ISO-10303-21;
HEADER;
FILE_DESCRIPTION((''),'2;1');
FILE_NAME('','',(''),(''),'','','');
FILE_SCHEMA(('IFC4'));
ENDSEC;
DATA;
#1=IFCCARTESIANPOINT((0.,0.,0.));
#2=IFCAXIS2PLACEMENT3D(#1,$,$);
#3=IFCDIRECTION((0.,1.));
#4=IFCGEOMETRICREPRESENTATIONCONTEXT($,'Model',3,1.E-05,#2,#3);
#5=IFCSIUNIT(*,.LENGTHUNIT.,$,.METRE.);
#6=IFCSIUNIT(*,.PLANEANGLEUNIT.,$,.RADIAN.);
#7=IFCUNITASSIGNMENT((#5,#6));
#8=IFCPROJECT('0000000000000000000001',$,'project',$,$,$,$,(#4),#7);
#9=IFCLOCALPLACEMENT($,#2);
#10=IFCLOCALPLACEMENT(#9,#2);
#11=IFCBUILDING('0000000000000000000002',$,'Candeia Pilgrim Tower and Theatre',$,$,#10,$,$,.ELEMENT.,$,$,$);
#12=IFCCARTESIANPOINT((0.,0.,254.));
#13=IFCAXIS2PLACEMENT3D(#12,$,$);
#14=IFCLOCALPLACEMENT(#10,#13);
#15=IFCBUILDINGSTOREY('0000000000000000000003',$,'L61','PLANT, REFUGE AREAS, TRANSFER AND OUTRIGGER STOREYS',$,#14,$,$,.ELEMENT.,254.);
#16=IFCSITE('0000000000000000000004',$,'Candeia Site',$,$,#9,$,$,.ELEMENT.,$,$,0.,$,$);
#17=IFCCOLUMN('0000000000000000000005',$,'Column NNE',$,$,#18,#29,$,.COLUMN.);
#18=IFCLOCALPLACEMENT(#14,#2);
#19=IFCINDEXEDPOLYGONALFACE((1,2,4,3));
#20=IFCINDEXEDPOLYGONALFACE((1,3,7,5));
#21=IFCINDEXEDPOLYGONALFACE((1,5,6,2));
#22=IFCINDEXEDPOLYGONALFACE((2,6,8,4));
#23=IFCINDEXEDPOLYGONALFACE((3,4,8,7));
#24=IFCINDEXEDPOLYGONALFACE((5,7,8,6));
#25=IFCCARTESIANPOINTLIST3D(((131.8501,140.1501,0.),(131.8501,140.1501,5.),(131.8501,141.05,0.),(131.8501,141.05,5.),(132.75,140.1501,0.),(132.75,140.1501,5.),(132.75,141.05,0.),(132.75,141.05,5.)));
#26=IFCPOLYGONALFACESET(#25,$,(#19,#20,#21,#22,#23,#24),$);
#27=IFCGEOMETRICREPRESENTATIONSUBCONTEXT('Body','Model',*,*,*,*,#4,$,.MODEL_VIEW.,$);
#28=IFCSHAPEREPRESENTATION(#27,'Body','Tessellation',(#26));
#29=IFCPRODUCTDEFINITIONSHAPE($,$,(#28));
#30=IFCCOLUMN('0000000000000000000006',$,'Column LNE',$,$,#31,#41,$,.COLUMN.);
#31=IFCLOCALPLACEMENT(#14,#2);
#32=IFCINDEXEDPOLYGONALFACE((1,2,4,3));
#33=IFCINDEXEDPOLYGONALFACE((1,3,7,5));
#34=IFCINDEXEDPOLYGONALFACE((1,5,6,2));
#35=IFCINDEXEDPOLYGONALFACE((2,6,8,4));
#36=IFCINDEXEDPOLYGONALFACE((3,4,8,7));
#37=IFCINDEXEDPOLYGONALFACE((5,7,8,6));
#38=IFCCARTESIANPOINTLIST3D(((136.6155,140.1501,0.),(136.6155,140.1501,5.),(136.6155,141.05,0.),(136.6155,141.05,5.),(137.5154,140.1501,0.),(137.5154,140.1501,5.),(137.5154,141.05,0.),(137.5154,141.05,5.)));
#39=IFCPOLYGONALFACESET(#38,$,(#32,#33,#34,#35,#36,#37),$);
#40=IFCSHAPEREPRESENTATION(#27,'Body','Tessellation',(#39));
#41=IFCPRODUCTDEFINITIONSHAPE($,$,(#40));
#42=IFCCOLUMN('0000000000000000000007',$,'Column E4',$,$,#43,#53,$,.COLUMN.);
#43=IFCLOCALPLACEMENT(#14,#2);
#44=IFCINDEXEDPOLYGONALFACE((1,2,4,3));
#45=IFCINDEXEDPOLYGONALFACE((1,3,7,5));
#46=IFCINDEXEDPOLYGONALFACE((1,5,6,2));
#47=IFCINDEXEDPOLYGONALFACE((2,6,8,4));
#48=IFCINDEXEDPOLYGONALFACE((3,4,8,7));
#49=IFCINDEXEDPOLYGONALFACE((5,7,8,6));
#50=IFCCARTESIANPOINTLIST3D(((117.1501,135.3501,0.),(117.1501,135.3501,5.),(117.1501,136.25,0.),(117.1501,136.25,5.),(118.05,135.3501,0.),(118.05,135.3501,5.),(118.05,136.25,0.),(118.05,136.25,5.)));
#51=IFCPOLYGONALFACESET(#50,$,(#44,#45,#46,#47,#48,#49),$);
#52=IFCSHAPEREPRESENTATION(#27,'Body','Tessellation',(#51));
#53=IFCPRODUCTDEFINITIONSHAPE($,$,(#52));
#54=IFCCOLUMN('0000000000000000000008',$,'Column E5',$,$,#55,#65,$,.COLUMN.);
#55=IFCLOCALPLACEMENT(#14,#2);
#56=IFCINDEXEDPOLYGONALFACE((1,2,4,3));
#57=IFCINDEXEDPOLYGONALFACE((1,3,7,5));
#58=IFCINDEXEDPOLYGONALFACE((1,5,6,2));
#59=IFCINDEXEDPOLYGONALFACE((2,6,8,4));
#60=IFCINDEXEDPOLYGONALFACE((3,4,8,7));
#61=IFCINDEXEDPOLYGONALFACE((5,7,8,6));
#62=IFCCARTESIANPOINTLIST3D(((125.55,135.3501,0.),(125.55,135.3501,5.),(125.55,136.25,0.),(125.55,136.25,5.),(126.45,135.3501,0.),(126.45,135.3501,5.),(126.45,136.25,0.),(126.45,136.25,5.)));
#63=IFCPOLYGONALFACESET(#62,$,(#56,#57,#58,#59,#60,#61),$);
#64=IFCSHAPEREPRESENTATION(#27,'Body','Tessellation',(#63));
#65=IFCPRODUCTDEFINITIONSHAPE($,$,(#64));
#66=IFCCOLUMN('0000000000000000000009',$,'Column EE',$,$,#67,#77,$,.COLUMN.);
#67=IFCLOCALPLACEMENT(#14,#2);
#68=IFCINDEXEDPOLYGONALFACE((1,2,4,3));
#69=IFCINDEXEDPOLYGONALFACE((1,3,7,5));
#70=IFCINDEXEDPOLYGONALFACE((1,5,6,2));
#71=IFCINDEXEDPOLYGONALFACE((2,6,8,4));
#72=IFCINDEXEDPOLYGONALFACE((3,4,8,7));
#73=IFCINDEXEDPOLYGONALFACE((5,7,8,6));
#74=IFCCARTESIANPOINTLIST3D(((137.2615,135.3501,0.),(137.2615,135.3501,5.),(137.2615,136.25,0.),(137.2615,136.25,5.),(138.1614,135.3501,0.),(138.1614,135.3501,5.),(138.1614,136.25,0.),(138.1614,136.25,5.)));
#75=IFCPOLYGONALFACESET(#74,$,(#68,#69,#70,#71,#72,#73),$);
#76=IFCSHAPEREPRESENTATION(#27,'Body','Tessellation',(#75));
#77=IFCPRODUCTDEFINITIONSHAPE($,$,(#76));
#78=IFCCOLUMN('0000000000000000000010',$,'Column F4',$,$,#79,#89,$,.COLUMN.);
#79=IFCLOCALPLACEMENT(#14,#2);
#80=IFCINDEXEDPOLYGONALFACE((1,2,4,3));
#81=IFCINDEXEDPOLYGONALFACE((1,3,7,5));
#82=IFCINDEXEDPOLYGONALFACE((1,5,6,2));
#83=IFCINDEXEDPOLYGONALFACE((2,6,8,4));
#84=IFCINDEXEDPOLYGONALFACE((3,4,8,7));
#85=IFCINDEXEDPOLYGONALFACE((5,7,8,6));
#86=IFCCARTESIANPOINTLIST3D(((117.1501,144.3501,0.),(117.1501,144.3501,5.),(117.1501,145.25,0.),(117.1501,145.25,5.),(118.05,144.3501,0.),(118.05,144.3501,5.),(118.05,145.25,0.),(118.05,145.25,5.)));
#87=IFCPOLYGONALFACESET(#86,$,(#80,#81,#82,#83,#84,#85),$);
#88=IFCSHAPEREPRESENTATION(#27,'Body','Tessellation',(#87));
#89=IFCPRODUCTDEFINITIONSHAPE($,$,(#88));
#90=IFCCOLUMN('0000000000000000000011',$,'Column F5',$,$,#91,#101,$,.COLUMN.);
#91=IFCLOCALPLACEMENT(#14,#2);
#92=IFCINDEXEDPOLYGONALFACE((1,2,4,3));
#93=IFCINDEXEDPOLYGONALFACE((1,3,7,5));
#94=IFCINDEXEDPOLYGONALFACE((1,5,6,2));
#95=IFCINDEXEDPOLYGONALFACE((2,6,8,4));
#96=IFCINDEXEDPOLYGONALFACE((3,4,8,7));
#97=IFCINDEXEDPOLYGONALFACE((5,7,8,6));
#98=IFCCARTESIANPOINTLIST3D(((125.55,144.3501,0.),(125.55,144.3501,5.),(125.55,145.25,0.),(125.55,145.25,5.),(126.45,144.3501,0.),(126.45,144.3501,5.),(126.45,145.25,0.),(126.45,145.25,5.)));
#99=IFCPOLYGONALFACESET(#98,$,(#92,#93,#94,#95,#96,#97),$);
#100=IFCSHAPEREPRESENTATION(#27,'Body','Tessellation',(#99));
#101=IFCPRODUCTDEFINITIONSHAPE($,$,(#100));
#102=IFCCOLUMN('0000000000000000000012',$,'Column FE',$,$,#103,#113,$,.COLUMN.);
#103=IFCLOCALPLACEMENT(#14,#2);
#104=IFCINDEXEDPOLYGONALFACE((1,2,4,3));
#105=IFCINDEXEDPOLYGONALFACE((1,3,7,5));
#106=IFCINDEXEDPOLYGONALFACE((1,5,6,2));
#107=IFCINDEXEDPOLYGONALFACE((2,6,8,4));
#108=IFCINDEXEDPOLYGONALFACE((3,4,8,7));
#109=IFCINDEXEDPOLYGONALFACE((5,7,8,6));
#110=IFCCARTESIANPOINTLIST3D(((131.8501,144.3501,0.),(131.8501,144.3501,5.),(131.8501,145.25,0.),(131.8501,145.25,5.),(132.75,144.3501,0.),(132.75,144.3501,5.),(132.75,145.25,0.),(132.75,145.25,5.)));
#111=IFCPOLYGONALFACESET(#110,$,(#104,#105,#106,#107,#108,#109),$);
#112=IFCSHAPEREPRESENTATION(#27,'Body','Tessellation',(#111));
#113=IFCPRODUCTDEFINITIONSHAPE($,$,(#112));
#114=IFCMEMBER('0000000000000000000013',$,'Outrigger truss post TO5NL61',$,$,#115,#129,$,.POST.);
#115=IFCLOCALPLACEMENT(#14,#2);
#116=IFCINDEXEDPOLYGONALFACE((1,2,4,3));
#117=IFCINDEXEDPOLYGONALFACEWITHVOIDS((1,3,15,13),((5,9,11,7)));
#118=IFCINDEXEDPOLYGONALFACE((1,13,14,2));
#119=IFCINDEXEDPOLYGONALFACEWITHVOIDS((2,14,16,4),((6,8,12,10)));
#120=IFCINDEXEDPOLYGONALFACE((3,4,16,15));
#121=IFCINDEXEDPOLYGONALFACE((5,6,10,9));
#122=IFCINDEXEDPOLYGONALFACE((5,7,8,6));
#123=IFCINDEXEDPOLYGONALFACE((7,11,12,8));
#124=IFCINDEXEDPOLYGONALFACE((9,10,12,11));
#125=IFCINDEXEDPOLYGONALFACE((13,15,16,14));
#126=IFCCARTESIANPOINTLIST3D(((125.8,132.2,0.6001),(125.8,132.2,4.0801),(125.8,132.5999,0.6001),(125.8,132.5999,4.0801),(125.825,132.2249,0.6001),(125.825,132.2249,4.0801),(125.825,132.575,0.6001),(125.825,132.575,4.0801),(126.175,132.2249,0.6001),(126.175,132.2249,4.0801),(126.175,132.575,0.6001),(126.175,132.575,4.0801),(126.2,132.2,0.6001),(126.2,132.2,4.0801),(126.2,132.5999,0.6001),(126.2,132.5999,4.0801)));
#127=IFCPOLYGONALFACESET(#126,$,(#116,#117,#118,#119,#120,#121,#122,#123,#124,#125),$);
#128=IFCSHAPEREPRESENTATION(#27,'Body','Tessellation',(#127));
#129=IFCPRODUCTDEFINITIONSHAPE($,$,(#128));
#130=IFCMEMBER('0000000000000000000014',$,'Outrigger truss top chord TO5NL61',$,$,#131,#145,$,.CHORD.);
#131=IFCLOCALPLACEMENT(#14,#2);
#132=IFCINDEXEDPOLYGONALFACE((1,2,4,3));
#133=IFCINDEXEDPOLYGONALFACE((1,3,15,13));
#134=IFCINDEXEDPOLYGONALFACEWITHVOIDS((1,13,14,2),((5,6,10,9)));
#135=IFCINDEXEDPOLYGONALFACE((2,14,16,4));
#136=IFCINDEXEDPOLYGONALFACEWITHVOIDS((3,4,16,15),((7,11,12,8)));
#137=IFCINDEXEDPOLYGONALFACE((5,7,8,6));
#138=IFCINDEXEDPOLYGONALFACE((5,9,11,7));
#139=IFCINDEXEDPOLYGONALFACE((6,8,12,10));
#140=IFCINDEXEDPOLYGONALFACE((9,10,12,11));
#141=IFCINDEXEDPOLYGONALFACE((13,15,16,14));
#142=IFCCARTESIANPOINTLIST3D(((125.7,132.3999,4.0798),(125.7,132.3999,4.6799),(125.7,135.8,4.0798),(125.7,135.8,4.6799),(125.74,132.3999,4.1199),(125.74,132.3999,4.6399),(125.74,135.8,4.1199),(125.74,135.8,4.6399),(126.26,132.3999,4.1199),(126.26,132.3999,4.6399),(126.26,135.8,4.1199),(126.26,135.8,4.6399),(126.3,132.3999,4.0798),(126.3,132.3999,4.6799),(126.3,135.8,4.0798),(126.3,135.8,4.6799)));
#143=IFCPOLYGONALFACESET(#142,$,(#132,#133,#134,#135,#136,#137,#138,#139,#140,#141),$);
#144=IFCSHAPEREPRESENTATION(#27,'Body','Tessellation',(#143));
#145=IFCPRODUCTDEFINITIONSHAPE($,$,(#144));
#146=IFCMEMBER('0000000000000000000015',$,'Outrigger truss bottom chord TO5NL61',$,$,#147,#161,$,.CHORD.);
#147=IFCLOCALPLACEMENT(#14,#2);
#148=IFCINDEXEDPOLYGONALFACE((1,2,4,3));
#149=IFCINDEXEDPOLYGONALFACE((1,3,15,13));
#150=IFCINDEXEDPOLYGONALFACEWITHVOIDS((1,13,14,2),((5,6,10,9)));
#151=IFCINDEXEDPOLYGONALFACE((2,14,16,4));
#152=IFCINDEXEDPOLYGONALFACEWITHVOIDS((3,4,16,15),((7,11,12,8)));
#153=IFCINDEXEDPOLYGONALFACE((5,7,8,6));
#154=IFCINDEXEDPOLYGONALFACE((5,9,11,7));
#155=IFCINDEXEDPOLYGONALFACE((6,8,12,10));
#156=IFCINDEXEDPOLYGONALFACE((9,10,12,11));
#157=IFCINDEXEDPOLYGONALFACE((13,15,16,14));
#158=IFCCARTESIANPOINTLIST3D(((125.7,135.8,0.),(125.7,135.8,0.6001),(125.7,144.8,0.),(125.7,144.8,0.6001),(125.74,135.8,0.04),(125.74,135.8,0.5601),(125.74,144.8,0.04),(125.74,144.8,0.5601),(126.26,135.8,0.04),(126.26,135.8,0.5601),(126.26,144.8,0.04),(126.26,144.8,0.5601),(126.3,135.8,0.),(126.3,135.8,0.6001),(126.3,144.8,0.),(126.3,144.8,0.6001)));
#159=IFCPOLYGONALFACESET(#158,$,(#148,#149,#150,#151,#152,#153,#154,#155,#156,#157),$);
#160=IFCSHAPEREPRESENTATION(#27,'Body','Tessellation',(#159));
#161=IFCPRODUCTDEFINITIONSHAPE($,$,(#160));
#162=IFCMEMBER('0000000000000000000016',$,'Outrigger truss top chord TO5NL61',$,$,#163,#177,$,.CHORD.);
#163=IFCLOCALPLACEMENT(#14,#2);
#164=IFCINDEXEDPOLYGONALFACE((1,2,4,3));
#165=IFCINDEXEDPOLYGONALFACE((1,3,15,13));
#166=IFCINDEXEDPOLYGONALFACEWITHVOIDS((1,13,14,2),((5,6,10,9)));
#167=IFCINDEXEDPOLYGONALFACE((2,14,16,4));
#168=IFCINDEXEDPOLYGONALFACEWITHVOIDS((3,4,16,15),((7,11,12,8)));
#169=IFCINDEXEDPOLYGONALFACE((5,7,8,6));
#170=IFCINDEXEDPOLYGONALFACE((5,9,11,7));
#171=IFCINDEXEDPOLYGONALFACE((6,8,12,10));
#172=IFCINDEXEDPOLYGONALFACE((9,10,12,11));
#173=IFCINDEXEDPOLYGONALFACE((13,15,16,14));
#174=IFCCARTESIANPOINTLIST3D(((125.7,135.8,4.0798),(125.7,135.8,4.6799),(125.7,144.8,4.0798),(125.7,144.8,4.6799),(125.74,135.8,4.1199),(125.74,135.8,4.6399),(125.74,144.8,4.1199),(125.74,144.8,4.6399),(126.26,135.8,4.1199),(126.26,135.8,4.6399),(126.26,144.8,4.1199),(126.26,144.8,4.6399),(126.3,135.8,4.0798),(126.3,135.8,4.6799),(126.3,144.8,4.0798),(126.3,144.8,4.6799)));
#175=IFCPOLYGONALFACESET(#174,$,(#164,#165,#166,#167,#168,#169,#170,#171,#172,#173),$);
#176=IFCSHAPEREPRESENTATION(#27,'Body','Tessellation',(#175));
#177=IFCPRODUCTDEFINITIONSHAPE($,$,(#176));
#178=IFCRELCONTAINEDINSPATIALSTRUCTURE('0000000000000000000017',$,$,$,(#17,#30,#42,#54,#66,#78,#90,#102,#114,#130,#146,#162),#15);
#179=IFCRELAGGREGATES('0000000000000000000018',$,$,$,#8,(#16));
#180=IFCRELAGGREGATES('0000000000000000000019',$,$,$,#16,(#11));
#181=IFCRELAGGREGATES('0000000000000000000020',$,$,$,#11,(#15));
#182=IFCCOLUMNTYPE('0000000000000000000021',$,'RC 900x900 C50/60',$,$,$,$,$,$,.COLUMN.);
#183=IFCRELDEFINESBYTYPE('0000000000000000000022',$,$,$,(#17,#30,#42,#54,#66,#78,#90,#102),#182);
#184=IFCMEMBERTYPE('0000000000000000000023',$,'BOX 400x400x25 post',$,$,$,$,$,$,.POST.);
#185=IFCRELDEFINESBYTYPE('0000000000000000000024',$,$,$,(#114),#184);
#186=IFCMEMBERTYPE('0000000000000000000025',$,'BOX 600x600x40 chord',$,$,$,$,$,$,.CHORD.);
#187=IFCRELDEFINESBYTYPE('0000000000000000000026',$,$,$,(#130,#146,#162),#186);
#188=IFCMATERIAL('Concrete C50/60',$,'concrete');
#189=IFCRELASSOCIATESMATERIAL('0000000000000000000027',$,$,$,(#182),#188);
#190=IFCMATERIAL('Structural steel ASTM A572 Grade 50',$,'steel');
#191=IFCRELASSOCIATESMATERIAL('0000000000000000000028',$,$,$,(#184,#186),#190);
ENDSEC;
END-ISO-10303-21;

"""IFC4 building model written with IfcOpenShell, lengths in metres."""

from ifc_helpers import new_model, si_unit, direction, frame, origin, origin_2d, place, context, subcontext, project, spatial, rectangle, hollow_rectangle, extrude, material, material_profile, profile_set, type_object, element, save


model = new_model("IFC4")

# Units and contexts
model_context = context("Model", 3, precision=1e-05, world=origin(), true_north=direction((0.0, 1.0)))
body_context = subcontext(model_context, "Body", "Model", "MODEL_VIEW")
ifc_project = project(units=[si_unit("LENGTHUNIT", "METRE"), si_unit("PLANEANGLEUNIT", "RADIAN")], contexts=[model_context])

# Site, building, storey
site_placement = place(None, origin())
site = spatial("IfcSite", under=ifc_project, at=site_placement, Name="Candeia Site", CompositionType="ELEMENT", RefElevation=0.0)
building_placement = place(site_placement, origin())
building = spatial("IfcBuilding", under=site, at=building_placement, Name="Candeia Pilgrim Tower and Theatre", CompositionType="ELEMENT")
storey_placement = place(building_placement, frame((0.0, 0.0, 254.0)))
storey = spatial("IfcBuildingStorey", under=building, at=storey_placement, Name="L61", Description="PLANT, REFUGE AREAS, TRANSFER AND OUTRIGGER STOREYS", CompositionType="ELEMENT", Elevation=254.0)

# Columns
ifc_material_1 = material(Name="Concrete C50/60", Category="concrete")
ifc_material_profile_1 = material_profile(ifc_material_1, rectangle(XDim=0.8999, YDim=0.8999, at=origin_2d()))
ifc_profile_set_1 = profile_set([ifc_material_profile_1], Name="Concrete C50/60")
column_type = type_object("IfcColumnType", Name="RC 900x900 C50/60", PredefinedType="COLUMN", material=ifc_profile_set_1)
for number, where, z_axis, x_axis, name in (
    (1, (132.3, 140.6001, 0.0), (0.0, 0.0, 1.0), (1.0, 0.0, 0.0), "Column NNE"),
    (2, (137.0654, 140.6001, 0.0), (0.0, 0.0, 1.0), (1.0, 0.0, 0.0), "Column LNE"),
    (3, (117.6001, 135.8, 0.0), (0.0, 0.0, 1.0), (1.0, 0.0, 0.0), "Column E4"),
    (4, (126.0, 135.8, 0.0), (0.0, 0.0, 1.0), (1.0, 0.0, 0.0), "Column E5"),
    (5, (137.7114, 135.8, 0.0), (0.0, 0.0, 1.0), (1.0, 0.0, 0.0), "Column EE"),
    (6, (117.6001, 144.8, 0.0), (0.0, 0.0, 1.0), (1.0, 0.0, 0.0), "Column F4"),
    (7, (126.0, 144.8, 0.0), (0.0, 0.0, 1.0), (1.0, 0.0, 0.0), "Column F5"),
    (8, (132.3, 144.8, 0.0), (0.0, 0.0, 1.0), (1.0, 0.0, 0.0), "Column FE"),
):
    element("IfcColumn", number, at=place(storey_placement, frame(where, z_axis=z_axis, x_axis=x_axis)), inside=storey, type_object=column_type, Name=name, PredefinedType="COLUMN", context=body_context, shape_type="SweptSolid", body=[
        extrude(rectangle(XDim=0.8999, YDim=0.8999, at=origin_2d()), origin(), (0.0, 0.0, 1.0), 5.0),
    ])

# Members
ifc_material_2 = material(Name="Structural steel ASTM A572 Grade 50", Category="steel")
ifc_material_profile_2 = material_profile(ifc_material_2, hollow_rectangle(XDim=0.3999, YDim=0.3999, WallThickness=0.0249, at=origin_2d()))
ifc_profile_set_2 = profile_set([ifc_material_profile_2], Name="Structural steel ASTM A572 Grade 50")
member_type_1 = type_object("IfcMemberType", Name="BOX 400x400x25 post", PredefinedType="POST", material=ifc_profile_set_2)
member_1_placement = place(storey_placement, frame((126.0, 132.3999, 0.6001), z_axis=(0.0, 0.0, 1.0), x_axis=(1.0, 0.0, 0.0)))
element("IfcMember", 9, at=member_1_placement, inside=storey, type_object=member_type_1, Name="Outrigger truss post TO5NL61", PredefinedType="POST", context=body_context, shape_type="SweptSolid", body=[
    extrude(hollow_rectangle(XDim=0.3999, YDim=0.3999, WallThickness=0.0249, at=origin_2d()), origin(), (0.0, 0.0, 1.0), 3.48),
])
ifc_material_profile_3 = material_profile(ifc_material_2, hollow_rectangle(XDim=0.6001, YDim=0.6001, WallThickness=0.04, at=origin_2d()))
ifc_profile_set_3 = profile_set([ifc_material_profile_3], Name="Structural steel ASTM A572 Grade 50")
member_type_2 = type_object("IfcMemberType", Name="BOX 600x600x40 chord", PredefinedType="CHORD", material=ifc_profile_set_3)
member_2_placement = place(storey_placement, frame((126.0, 132.3999, 4.3799), z_axis=(0.0, 1.0, 0.0), x_axis=(-1.0, 0.0, 0.0)))
element("IfcMember", 10, at=member_2_placement, inside=storey, type_object=member_type_2, Name="Outrigger truss top chord TO5NL61", PredefinedType="CHORD", context=body_context, shape_type="SweptSolid", body=[
    extrude(hollow_rectangle(XDim=0.6001, YDim=0.6001, WallThickness=0.04, at=origin_2d()), origin(), (0.0, 0.0, 1.0), 3.4001),
])
for number, where, z_axis, x_axis, name in (
    (11, (126.0, 135.8, 0.3), (0.0, 1.0, 0.0), (-1.0, 0.0, 0.0), "Outrigger truss bottom chord TO5NL61"),
    (12, (126.0, 135.8, 4.3799), (0.0, 1.0, 0.0), (-1.0, 0.0, 0.0), "Outrigger truss top chord TO5NL61"),
):
    element("IfcMember", number, at=place(storey_placement, frame(where, z_axis=z_axis, x_axis=x_axis)), inside=storey, type_object=member_type_2, Name=name, PredefinedType="CHORD", context=body_context, shape_type="SweptSolid", body=[
        extrude(hollow_rectangle(XDim=0.6001, YDim=0.6001, WallThickness=0.04, at=origin_2d()), origin(), (0.0, 0.0, 1.0), 9.0),
    ])

save(model, "model.ifc")
